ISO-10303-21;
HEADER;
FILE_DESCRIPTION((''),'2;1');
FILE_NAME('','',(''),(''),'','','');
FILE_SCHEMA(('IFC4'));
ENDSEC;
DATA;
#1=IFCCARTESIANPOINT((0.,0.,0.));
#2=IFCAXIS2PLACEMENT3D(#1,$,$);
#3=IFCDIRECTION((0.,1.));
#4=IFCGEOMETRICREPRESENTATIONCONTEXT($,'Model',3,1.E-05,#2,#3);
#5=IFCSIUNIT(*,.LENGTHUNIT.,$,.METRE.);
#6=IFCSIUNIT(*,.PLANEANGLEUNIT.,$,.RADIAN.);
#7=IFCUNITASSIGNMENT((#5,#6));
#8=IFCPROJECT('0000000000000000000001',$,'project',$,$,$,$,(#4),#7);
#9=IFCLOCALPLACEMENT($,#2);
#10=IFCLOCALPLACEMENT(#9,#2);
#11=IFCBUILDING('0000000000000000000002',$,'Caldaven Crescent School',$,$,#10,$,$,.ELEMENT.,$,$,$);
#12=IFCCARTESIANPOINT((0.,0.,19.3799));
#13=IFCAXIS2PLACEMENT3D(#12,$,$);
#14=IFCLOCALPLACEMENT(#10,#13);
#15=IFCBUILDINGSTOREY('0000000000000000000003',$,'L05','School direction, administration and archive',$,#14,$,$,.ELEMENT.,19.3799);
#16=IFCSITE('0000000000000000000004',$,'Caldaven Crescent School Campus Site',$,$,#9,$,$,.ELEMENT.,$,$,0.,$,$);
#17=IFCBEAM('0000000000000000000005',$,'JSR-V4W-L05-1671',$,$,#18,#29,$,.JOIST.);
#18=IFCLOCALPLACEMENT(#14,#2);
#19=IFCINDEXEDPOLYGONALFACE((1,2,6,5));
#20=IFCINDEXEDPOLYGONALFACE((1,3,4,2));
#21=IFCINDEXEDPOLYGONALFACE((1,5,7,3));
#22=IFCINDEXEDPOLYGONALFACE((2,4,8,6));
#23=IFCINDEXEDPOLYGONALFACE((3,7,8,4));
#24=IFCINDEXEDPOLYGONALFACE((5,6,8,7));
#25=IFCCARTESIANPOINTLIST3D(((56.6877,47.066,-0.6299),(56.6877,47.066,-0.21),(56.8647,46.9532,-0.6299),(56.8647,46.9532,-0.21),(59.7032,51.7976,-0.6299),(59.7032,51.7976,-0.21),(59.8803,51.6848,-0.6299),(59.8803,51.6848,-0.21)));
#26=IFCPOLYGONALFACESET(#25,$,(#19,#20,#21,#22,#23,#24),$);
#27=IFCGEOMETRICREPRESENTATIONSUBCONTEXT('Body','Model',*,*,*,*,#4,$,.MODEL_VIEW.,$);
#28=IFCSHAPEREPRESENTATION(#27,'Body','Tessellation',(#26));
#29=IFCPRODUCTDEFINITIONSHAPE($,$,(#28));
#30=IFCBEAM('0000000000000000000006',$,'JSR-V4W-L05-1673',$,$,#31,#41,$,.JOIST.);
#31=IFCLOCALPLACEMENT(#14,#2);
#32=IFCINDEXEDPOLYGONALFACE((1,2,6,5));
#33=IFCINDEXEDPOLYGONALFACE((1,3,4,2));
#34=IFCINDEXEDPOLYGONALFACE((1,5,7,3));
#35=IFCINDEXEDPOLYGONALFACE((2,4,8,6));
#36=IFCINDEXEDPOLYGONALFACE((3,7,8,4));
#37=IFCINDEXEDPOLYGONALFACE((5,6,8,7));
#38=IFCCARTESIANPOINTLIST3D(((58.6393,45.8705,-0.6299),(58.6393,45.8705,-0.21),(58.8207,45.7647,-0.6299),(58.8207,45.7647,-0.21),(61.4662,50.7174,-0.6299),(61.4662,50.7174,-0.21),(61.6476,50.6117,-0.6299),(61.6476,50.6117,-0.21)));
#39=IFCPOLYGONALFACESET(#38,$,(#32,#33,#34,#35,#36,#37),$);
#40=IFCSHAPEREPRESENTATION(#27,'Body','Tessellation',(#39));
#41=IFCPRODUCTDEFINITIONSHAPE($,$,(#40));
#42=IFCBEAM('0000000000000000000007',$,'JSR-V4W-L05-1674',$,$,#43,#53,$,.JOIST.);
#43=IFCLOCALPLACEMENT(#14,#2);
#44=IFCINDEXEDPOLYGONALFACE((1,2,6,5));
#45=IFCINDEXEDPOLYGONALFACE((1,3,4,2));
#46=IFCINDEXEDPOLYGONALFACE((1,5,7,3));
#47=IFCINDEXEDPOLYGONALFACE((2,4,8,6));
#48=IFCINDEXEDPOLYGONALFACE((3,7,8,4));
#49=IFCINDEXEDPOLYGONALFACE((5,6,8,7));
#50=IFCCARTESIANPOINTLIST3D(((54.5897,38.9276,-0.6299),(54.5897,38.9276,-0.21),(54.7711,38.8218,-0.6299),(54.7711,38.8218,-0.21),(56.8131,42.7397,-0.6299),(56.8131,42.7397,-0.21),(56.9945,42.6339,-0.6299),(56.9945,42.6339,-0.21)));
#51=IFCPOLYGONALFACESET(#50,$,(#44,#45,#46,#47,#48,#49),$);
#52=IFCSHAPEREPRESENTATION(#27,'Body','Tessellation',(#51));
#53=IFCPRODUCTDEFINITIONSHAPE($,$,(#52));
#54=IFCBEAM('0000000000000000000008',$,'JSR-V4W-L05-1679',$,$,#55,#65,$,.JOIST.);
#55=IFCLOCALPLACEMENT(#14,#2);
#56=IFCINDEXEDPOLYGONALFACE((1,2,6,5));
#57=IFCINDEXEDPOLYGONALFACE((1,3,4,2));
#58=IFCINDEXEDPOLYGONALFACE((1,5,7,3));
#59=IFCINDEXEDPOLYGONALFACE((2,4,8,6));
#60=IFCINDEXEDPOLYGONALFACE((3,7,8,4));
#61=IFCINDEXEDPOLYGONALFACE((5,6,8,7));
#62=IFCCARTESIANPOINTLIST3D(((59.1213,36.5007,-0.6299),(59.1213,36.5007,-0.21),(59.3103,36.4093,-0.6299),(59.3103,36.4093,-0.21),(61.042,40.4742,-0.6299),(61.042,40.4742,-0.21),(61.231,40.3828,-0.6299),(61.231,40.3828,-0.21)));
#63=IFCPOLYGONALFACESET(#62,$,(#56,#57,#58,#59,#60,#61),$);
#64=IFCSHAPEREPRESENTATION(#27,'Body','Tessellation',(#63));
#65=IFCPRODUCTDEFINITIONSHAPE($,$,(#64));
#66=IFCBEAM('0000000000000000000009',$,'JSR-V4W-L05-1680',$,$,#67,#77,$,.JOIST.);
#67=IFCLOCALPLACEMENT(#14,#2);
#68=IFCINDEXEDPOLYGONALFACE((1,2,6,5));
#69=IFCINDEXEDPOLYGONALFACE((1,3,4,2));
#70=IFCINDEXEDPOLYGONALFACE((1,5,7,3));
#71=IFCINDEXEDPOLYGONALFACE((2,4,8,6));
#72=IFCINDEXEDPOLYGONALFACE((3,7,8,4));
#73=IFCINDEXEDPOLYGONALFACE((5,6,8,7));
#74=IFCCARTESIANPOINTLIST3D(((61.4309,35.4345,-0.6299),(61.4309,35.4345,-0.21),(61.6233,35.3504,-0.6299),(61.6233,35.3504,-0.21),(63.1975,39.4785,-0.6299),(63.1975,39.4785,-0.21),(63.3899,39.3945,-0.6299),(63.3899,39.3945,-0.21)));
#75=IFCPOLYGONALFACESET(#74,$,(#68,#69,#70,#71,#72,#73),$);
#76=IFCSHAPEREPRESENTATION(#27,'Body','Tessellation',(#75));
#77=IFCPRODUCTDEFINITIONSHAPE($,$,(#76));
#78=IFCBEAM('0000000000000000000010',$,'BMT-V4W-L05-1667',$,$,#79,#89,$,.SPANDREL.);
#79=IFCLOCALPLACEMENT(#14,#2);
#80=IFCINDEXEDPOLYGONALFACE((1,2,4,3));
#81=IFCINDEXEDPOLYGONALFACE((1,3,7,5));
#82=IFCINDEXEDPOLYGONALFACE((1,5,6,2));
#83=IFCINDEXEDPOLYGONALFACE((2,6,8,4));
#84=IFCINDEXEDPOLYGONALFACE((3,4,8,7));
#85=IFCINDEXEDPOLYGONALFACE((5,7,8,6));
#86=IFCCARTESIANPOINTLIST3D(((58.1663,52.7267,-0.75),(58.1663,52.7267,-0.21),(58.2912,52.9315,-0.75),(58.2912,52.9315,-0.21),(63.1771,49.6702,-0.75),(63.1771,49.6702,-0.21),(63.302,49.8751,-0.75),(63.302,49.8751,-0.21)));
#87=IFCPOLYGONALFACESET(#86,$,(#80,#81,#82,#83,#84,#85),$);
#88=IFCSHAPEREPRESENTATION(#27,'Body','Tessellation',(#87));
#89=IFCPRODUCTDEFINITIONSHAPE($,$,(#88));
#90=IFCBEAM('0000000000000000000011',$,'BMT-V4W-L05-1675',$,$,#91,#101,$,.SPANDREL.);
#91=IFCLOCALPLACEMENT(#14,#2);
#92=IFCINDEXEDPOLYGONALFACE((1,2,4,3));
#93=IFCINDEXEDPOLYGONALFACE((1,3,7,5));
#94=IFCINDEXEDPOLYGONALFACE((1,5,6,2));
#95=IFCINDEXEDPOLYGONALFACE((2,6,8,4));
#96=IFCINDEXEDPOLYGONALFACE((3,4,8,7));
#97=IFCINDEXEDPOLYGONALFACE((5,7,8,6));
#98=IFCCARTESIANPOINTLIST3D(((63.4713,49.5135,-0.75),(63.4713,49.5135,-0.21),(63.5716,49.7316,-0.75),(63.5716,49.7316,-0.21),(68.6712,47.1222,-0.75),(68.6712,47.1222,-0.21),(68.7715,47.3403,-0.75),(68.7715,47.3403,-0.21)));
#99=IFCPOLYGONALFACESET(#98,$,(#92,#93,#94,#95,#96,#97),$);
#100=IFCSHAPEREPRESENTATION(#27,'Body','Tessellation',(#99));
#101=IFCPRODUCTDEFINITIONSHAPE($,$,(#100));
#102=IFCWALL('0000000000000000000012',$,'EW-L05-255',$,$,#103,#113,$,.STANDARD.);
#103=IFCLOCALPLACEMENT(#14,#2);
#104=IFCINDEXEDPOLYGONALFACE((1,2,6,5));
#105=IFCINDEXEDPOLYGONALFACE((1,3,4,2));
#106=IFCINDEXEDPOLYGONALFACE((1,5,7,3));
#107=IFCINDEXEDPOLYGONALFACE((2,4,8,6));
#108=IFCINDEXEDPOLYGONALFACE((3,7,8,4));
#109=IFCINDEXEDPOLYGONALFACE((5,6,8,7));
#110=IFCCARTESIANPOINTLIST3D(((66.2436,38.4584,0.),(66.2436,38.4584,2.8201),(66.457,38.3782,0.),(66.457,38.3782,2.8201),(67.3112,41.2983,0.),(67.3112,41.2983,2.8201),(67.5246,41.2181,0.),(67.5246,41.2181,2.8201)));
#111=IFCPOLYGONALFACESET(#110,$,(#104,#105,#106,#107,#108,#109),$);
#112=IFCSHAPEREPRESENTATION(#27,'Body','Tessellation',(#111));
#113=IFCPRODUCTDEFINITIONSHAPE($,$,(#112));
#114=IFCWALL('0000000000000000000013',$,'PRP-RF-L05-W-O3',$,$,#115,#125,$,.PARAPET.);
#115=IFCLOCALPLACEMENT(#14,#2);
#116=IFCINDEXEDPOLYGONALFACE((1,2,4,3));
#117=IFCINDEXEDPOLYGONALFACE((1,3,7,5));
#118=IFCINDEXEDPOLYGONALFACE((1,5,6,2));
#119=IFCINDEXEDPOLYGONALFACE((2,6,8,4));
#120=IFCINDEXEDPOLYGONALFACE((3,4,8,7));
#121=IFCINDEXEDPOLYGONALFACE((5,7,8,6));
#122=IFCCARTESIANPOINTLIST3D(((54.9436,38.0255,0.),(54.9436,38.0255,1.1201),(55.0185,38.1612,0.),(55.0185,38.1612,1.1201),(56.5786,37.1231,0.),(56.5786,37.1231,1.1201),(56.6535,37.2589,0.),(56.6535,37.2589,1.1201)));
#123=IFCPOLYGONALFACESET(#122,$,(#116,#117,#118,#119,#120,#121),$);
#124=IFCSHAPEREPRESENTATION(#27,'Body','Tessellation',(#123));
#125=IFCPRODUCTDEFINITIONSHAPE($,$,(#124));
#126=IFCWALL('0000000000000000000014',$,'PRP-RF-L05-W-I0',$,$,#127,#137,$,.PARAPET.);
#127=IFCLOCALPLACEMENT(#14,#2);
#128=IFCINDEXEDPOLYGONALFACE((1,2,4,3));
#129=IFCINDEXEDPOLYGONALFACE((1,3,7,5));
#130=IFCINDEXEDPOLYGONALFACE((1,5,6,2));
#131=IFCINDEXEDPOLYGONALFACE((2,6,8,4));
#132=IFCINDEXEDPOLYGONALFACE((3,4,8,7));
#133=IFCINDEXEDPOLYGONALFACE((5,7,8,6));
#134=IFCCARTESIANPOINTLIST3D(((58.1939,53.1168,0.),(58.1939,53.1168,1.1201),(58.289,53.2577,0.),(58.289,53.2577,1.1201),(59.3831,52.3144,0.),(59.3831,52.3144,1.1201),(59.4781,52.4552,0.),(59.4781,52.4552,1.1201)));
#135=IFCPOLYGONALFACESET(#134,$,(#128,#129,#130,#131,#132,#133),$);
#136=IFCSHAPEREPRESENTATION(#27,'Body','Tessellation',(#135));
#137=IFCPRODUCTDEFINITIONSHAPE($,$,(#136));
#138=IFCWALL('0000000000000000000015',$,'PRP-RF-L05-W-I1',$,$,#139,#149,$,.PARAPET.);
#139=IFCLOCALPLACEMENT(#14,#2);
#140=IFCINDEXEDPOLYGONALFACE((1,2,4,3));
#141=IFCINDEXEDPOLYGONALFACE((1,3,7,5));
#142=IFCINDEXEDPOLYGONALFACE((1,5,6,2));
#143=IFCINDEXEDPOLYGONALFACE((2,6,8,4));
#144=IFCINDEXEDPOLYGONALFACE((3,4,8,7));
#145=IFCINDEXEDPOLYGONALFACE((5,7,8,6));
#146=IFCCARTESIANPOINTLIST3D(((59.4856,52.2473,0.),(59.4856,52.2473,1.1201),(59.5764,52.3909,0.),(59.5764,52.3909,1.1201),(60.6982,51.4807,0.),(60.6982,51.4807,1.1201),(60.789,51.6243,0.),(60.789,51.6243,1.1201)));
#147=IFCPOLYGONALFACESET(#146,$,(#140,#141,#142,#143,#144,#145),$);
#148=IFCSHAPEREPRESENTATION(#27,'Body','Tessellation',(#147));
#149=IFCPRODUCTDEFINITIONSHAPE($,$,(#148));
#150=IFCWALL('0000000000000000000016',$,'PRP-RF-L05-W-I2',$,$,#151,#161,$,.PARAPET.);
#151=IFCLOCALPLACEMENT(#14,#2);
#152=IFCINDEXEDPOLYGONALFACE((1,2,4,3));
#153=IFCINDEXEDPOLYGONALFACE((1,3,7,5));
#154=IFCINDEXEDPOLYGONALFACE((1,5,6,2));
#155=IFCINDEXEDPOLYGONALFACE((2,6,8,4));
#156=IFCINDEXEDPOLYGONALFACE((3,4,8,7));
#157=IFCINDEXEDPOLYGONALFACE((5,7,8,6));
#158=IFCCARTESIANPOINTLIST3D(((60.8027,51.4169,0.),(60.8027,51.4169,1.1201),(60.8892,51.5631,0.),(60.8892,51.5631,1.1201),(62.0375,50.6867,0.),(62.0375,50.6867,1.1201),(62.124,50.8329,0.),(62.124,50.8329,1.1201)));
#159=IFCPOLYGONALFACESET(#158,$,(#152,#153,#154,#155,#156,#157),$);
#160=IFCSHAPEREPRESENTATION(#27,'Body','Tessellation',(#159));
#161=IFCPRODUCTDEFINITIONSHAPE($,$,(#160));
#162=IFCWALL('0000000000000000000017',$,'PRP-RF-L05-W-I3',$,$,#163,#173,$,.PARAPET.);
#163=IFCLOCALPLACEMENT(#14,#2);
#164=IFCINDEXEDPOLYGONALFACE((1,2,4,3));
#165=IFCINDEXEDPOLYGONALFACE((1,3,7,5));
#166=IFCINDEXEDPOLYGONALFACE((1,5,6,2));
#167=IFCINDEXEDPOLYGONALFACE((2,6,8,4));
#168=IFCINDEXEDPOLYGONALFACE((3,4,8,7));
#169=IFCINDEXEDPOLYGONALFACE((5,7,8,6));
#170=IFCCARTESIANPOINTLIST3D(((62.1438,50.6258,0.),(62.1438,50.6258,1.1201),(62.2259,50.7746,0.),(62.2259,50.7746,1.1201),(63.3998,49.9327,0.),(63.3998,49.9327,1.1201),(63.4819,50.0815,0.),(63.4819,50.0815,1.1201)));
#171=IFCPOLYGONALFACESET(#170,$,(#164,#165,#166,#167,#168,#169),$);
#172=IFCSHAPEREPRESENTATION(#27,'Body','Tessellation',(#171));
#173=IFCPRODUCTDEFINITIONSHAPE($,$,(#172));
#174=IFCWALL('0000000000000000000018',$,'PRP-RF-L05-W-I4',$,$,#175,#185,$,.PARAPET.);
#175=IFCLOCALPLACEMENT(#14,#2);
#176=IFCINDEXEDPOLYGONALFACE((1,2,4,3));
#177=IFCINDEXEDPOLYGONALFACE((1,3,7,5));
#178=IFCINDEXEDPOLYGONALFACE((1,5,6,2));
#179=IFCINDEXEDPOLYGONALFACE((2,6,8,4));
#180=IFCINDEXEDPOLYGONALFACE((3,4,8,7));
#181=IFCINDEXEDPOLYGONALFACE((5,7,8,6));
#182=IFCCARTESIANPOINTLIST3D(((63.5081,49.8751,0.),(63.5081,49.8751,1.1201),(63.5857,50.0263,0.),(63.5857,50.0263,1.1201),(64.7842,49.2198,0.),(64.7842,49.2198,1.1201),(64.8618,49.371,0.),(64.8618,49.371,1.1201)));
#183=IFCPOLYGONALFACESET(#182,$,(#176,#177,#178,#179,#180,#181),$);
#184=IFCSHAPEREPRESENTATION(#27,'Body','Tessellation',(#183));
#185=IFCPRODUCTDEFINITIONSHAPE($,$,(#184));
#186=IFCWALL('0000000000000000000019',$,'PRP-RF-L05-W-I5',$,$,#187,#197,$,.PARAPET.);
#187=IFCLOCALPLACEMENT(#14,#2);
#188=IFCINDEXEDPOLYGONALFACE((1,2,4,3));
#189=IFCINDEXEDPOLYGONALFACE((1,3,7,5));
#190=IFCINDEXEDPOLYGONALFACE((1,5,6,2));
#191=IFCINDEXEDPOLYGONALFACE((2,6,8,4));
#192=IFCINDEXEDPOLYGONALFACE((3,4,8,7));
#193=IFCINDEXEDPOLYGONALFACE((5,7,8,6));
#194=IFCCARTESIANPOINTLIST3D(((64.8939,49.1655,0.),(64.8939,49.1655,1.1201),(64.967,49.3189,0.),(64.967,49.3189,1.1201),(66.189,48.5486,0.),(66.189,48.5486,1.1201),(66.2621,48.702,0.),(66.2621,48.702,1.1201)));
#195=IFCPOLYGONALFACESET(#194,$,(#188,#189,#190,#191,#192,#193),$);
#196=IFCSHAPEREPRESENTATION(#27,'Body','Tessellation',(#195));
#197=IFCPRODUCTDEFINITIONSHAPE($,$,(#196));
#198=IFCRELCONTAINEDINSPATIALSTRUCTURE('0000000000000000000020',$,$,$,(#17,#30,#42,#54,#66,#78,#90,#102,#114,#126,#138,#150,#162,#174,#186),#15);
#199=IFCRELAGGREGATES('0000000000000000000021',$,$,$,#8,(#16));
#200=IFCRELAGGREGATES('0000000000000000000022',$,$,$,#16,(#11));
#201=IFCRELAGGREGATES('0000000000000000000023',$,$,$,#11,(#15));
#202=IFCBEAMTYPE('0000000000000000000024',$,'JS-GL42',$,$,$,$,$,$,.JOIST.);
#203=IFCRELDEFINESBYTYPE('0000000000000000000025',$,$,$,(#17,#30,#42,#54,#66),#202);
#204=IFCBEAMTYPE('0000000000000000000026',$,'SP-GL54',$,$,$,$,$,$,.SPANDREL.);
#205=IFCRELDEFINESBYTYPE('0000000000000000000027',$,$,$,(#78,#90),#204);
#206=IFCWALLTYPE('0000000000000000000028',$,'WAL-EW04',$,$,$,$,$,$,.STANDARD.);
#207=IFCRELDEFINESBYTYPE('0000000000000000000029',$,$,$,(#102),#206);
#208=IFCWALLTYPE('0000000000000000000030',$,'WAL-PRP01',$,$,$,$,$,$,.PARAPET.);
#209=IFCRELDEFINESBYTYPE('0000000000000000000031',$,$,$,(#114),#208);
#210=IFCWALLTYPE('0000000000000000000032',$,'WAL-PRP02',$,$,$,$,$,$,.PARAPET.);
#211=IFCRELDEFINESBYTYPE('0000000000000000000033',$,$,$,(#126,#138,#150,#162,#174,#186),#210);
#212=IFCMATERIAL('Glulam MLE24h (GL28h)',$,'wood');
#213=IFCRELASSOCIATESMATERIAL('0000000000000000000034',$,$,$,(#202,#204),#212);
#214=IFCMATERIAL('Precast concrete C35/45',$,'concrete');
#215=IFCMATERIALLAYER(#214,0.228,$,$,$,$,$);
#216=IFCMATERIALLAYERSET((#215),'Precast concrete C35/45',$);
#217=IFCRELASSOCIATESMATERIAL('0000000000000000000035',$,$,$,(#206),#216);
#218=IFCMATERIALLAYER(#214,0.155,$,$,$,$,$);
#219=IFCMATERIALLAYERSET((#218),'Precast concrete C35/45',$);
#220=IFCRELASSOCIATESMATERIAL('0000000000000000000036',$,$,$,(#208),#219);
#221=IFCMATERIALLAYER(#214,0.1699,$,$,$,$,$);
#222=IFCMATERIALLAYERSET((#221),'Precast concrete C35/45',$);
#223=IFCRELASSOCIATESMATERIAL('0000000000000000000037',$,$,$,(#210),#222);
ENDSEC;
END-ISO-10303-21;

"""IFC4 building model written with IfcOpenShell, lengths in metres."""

from ifc_helpers import new_model, si_unit, direction, frame, frame_2d, origin, origin_2d, place, context, subcontext, project, spatial, rectangle, extrude, material, layer, layer_set, material_profile, profile_set, type_object, element, save


model = new_model("IFC4")

# Units and contexts
model_context = context("Model", 3, precision=1e-05, world=origin(), true_north=direction((0.0, 1.0)))
body_context = subcontext(model_context, "Body", "Model", "MODEL_VIEW")
ifc_project = project(units=[si_unit("LENGTHUNIT", "METRE"), si_unit("PLANEANGLEUNIT", "RADIAN")], contexts=[model_context])

# Site, building, storey
site_placement = place(None, origin())
site = spatial("IfcSite", under=ifc_project, at=site_placement, Name="Caldaven Crescent School Campus Site", CompositionType="ELEMENT", RefElevation=0.0)
building_placement = place(site_placement, origin())
building = spatial("IfcBuilding", under=site, at=building_placement, Name="Caldaven Crescent School", CompositionType="ELEMENT")
storey_placement = place(building_placement, frame((0.0, 0.0, 19.3799)))
storey = spatial("IfcBuildingStorey", under=building, at=storey_placement, Name="L05", Description="School direction, administration and archive", CompositionType="ELEMENT", Elevation=19.3799)

# Shared definitions
ifc_material_1 = material(Name="Glulam MLE24h (GL28h)", Category="wood")

# Beams
ifc_material_profile_1 = material_profile(ifc_material_1, rectangle(XDim=0.21, YDim=0.4199, at=origin_2d()), Name="MLE 210x420")
ifc_profile_set_1 = profile_set([ifc_material_profile_1], Name="Glulam MLE24h (GL28h)")
beam_type_1 = type_object("IfcBeamType", Name="JS-GL42", PredefinedType="JOIST", material=ifc_profile_set_1)
beam_1_placement = place(storey_placement, frame((59.7917, 51.7412, -0.4199), z_axis=(-0.537453, -0.843294, 0.0), x_axis=(0.843294, -0.537453, 0.0)))
element("IfcBeam", 1, at=beam_1_placement, inside=storey, type_object=beam_type_1, Name="JSR-V4W-L05-1671", PredefinedType="JOIST", context=body_context, shape_type="SweptSolid", body=[
    extrude(rectangle(XDim=0.21, YDim=0.4199, at=origin_2d()), origin(), (0.0, 0.0, 1.0), 5.6108),
])
beam_2_placement = place(storey_placement, frame((61.5569, 50.6646, -0.4199), z_axis=(-0.503809, -0.863815, 0.0), x_axis=(0.863815, -0.503809, 0.0)))
element("IfcBeam", 2, at=beam_2_placement, inside=storey, type_object=beam_type_1, Name="JSR-V4W-L05-1673", PredefinedType="JOIST", context=body_context, shape_type="SweptSolid", body=[
    extrude(rectangle(XDim=0.21, YDim=0.4199, at=origin_2d()), origin(), (0.0, 0.0, 1.0), 5.6111),
])
beam_3_placement = place(storey_placement, frame((56.9038, 42.6868, -0.4199), z_axis=(-0.503823, -0.863807, 0.0), x_axis=(0.863807, -0.503823, 0.0)))
element("IfcBeam", 3, at=beam_3_placement, inside=storey, type_object=beam_type_1, Name="JSR-V4W-L05-1674", PredefinedType="JOIST", context=body_context, shape_type="SweptSolid", body=[
    extrude(rectangle(XDim=0.21, YDim=0.4199, at=origin_2d()), origin(), (0.0, 0.0, 1.0), 4.4131),
])
beam_4_placement = place(storey_placement, frame((61.1365, 40.4285, -0.4199), z_axis=(-0.435202, -0.900333, 0.0), x_axis=(0.900333, -0.435202, 0.0)))
element("IfcBeam", 4, at=beam_4_placement, inside=storey, type_object=beam_type_1, Name="JSR-V4W-L05-1679", PredefinedType="JOIST", context=body_context, shape_type="SweptSolid", body=[
    extrude(rectangle(XDim=0.21, YDim=0.4199, at=origin_2d()), origin(), (0.0, 0.0, 1.0), 4.4133),
])
beam_5_placement = place(storey_placement, frame((63.2937, 39.4365, -0.4199), z_axis=(-0.400299, -0.916384, 0.0), x_axis=(0.916384, -0.400299, 0.0)))
element("IfcBeam", 5, at=beam_5_placement, inside=storey, type_object=beam_type_1, Name="JSR-V4W-L05-1680", PredefinedType="JOIST", context=body_context, shape_type="SweptSolid", body=[
    extrude(rectangle(XDim=0.21, YDim=0.4199, at=origin_2d()), origin(), (0.0, 0.0, 1.0), 4.4131),
])
ifc_material_profile_2 = material_profile(ifc_material_1, rectangle(XDim=0.24, YDim=0.54, at=origin_2d()), Name="MLE 240x540")
ifc_profile_set_2 = profile_set([ifc_material_profile_2], Name="Glulam MLE24h (GL28h)")
beam_type_2 = type_object("IfcBeamType", Name="SP-GL54", PredefinedType="SPANDREL", material=ifc_profile_set_2)
beam_6_placement = place(storey_placement, frame((58.2288, 52.8291, -0.48), z_axis=(0.853715, -0.52074, 0.0), x_axis=(0.52074, 0.853715, 0.0)))
element("IfcBeam", 6, at=beam_6_placement, inside=storey, type_object=beam_type_2, Name="BMT-V4W-L05-1667", PredefinedType="SPANDREL", context=body_context, shape_type="SweptSolid", body=[
    extrude(rectangle(XDim=0.24, YDim=0.54, at=origin_2d()), origin(), (0.0, 0.0, 1.0), 5.8694),
])
beam_7_placement = place(storey_placement, frame((63.5215, 49.6226, -0.48), z_axis=(0.908532, -0.417816, 0.0), x_axis=(0.417816, 0.908532, 0.0)))
element("IfcBeam", 7, at=beam_7_placement, inside=storey, type_object=beam_type_2, Name="BMT-V4W-L05-1675", PredefinedType="SPANDREL", context=body_context, shape_type="SweptSolid", body=[
    extrude(rectangle(XDim=0.24, YDim=0.54, at=origin_2d()), origin(), (0.0, 0.0, 1.0), 5.7234),
])

# Wall
ifc_material_2 = material(Name="Precast concrete C35/45", Category="concrete")
ifc_layer_1 = layer(ifc_material_2, 0.228)
ifc_layer_set_1 = layer_set([ifc_layer_1], Name="Precast concrete C35/45")
wall_type_1 = type_object("IfcWallType", Name="WAL-EW04", PredefinedType="STANDARD", material=ifc_layer_set_1)
wall_1_placement = place(storey_placement, frame((67.418, 41.2583, 0.0), z_axis=(0.0, 0.0, 1.0), x_axis=(-0.351899, -0.936038, 0.0)))
element("IfcWall", 8, at=wall_1_placement, inside=storey, type_object=wall_type_1, Name="EW-L05-255", PredefinedType="STANDARD", context=body_context, shape_type="SweptSolid", body=[
    extrude(rectangle(XDim=3.0339, YDim=0.228, at=frame_2d((1.5171, 0.0))), origin(), (0.0, 0.0, 1.0), 2.8201),
])

# Walls
ifc_layer_2 = layer(ifc_material_2, 0.155)
ifc_layer_set_2 = layer_set([ifc_layer_2], Name="Precast concrete C35/45")
wall_type_2 = type_object("IfcWallType", Name="WAL-PRP01", PredefinedType="PARAPET", material=ifc_layer_set_2)
wall_2_placement = place(storey_placement, frame((54.9812, 38.0933, 0.0), z_axis=(0.0, 0.0, 1.0), x_axis=(0.875517, -0.483188, 0.0)))
element("IfcWall", 9, at=wall_2_placement, inside=storey, type_object=wall_type_2, Name="PRP-RF-L05-W-O3", PredefinedType="PARAPET", context=body_context, shape_type="SweptSolid", body=[
    extrude(rectangle(XDim=1.8674, YDim=0.155, at=frame_2d((0.9336, 0.0))), origin(), (0.0, 0.0, 1.0), 1.1201),
])
ifc_layer_3 = layer(ifc_material_2, 0.1699)
ifc_layer_set_3 = layer_set([ifc_layer_3], Name="Precast concrete C35/45")
wall_type_3 = type_object("IfcWallType", Name="WAL-PRP02", PredefinedType="PARAPET", material=ifc_layer_set_3)
for number, where, z_axis, x_axis, name in (
    (10, (58.2415, 53.1873, 0.0), (0.0, 0.0, 1.0), (0.828922, -0.559365, 0.0), "PRP-RF-L05-W-I0"),
    (11, (59.531, 52.3191, 0.0), (0.0, 0.0, 1.0), (0.845262, -0.534351, 0.0), "PRP-RF-L05-W-I1"),
    (12, (60.8459, 51.49, 0.0), (0.0, 0.0, 1.0), (0.860764, -0.509004, 0.0), "PRP-RF-L05-W-I2"),
    (13, (62.1848, 50.7002, 0.0), (0.0, 0.0, 1.0), (0.87555, -0.483127, 0.0), "PRP-RF-L05-W-I3"),
    (14, (63.5469, 49.9507, 0.0), (0.0, 0.0, 1.0), (0.889576, -0.456786, 0.0), "PRP-RF-L05-W-I4"),
    (15, (64.9304, 49.2422, 0.0), (0.0, 0.0, 1.0), (0.902807, -0.430046, 0.0), "PRP-RF-L05-W-I5"),
):
    element("IfcWall", number, at=place(storey_placement, frame(where, z_axis=z_axis, x_axis=x_axis)), inside=storey, type_object=wall_type_3, Name=name, PredefinedType="PARAPET", context=body_context, shape_type="SweptSolid", body=[
        extrude(rectangle(XDim=1.4346, YDim=0.1699, at=frame_2d((0.7173, 0.0))), origin(), (0.0, 0.0, 1.0), 1.1201),
    ])

save(model, "model.ifc")
